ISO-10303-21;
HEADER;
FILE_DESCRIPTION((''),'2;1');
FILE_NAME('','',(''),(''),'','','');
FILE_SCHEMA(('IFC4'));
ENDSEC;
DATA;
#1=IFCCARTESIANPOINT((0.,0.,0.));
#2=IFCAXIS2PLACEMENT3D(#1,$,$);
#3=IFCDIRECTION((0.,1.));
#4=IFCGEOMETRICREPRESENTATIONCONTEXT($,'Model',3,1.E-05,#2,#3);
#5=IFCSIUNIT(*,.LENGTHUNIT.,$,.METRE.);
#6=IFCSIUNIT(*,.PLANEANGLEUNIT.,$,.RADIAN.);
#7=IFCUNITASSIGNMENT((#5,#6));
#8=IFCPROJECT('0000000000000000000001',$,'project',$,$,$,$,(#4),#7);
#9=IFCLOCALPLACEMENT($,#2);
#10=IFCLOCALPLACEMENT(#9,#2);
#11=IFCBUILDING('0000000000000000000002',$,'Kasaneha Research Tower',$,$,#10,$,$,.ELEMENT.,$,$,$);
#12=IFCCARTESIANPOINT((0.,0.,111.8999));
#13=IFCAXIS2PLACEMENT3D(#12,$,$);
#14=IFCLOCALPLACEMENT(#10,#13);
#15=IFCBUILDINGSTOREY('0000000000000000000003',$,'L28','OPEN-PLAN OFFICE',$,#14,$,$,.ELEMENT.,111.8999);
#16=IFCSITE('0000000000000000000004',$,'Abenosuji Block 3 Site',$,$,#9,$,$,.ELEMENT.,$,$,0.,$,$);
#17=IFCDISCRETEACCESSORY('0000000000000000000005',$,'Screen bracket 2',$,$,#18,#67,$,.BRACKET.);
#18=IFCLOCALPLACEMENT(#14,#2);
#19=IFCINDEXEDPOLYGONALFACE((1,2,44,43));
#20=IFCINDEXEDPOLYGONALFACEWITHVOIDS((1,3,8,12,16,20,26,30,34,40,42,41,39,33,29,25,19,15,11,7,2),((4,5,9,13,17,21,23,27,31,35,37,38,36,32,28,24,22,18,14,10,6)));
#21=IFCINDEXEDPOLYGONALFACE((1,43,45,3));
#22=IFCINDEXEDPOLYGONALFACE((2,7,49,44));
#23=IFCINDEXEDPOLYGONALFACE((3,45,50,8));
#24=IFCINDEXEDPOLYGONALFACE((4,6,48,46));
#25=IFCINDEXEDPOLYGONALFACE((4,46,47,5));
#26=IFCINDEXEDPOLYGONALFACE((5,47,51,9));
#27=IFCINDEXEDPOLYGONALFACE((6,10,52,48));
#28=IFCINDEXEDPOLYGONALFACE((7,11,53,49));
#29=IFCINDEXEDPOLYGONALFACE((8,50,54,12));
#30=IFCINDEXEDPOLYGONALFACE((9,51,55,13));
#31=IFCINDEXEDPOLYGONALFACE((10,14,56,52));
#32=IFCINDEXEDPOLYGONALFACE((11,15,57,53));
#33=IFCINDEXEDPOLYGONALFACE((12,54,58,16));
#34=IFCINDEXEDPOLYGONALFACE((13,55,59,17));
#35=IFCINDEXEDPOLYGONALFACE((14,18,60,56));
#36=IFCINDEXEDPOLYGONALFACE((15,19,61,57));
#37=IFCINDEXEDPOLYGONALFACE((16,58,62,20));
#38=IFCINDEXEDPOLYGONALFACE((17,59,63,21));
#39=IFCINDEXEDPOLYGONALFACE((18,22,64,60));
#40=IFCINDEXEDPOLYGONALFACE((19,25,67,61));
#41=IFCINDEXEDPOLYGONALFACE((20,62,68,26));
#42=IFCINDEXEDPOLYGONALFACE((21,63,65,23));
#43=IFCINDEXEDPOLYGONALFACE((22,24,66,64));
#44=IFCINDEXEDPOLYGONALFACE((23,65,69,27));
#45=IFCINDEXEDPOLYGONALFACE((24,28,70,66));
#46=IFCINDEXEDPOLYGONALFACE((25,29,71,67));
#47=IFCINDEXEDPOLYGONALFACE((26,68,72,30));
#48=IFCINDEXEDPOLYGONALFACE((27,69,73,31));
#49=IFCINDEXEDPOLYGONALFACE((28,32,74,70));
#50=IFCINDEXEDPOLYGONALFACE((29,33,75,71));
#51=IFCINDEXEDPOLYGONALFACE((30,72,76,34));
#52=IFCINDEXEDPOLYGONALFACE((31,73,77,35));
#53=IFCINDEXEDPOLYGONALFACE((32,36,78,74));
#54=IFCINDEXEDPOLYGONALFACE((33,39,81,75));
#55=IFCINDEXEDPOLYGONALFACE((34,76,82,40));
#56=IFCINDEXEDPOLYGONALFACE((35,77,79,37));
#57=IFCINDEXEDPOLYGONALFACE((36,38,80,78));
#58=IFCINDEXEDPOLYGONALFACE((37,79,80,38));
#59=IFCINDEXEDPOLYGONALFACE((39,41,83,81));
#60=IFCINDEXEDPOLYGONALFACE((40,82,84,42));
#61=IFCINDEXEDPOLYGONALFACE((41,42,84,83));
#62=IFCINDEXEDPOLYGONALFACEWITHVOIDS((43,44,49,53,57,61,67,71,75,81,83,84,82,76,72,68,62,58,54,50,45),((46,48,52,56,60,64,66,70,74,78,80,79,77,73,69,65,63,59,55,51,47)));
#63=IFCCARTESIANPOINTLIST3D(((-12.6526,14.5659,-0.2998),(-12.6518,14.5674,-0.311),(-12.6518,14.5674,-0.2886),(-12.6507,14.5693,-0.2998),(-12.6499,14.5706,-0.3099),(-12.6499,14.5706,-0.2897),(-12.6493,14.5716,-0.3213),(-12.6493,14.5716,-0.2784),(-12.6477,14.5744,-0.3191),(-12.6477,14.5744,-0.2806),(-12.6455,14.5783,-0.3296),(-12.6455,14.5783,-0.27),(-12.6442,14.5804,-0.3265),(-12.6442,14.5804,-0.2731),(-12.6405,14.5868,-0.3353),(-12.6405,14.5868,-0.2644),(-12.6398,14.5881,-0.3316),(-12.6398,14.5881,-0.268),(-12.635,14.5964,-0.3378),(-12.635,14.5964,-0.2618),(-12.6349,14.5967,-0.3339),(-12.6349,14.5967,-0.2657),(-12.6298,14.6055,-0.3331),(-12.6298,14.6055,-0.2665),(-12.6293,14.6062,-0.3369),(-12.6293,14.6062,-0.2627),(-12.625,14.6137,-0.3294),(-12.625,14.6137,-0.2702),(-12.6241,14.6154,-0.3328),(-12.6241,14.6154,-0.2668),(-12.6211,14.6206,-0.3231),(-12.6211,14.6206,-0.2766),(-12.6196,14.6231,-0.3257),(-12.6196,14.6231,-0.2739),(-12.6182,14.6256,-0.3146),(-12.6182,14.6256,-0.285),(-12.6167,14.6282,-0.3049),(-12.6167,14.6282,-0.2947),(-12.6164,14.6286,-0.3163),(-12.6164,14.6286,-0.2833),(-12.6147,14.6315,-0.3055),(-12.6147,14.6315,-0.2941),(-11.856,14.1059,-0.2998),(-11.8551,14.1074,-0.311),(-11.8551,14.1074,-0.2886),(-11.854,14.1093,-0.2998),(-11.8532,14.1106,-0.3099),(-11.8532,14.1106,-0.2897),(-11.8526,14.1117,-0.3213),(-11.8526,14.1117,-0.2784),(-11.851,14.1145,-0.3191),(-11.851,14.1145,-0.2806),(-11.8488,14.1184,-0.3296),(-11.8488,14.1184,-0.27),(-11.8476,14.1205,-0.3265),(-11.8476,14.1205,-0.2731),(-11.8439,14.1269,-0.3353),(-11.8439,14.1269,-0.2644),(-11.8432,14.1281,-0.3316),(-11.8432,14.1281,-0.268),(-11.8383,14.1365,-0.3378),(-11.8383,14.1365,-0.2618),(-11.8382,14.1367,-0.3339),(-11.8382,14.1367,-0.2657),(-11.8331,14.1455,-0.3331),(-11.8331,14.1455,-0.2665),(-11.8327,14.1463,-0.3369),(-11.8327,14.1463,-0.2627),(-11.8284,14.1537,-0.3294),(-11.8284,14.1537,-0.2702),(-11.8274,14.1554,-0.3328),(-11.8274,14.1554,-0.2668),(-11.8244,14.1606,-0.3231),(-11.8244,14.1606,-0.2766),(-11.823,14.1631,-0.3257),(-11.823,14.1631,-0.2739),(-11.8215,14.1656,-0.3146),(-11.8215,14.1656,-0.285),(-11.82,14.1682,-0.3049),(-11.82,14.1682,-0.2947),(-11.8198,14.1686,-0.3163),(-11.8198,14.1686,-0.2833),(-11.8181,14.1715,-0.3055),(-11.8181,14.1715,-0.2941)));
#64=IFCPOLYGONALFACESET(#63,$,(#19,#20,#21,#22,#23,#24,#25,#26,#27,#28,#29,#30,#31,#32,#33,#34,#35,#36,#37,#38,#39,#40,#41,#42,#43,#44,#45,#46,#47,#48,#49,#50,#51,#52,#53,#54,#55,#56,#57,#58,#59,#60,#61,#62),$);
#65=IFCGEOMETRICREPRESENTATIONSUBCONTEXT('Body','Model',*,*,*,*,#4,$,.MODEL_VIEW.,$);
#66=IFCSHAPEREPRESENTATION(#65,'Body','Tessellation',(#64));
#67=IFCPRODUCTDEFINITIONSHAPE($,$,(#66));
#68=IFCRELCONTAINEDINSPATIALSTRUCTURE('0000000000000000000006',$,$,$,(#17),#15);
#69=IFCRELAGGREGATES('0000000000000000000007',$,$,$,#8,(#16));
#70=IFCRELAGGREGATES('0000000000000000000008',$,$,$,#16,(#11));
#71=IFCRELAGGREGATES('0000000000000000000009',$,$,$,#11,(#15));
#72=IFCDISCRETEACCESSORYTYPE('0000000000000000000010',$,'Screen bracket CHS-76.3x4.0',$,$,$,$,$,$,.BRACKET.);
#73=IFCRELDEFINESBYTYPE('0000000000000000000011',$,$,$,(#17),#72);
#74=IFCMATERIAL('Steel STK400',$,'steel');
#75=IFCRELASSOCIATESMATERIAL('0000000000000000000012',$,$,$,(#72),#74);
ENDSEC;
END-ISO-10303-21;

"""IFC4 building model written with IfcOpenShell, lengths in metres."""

from ifc_helpers import new_model, si_unit, direction, frame, origin, origin_2d, place, context, subcontext, project, spatial, hollow_circle, extrude, material, material_profile, profile_set, type_object, element, save


model = new_model("IFC4")

# Units and contexts
model_context = context("Model", 3, precision=1e-05, world=origin(), true_north=direction((0.0, 1.0)))
body_context = subcontext(model_context, "Body", "Model", "MODEL_VIEW")
ifc_project = project(units=[si_unit("LENGTHUNIT", "METRE"), si_unit("PLANEANGLEUNIT", "RADIAN")], contexts=[model_context])

# Site, building, storey
site_placement = place(None, origin())
site = spatial("IfcSite", under=ifc_project, at=site_placement, Name="Abenosuji Block 3 Site", CompositionType="ELEMENT", RefElevation=0.0)
building_placement = place(site_placement, origin())
building = spatial("IfcBuilding", under=site, at=building_placement, Name="Kasaneha Research Tower", CompositionType="ELEMENT")
storey_placement = place(building_placement, frame((0.0, 0.0, 111.8999)))
storey = spatial("IfcBuildingStorey", under=building, at=storey_placement, Name="L28", Description="OPEN-PLAN OFFICE", CompositionType="ELEMENT", Elevation=111.8999)

# Discrete accessory
ifc_material_1 = material(Name="Steel STK400", Category="steel")
ifc_material_profile_1 = material_profile(ifc_material_1, hollow_circle(Radius=0.0381, WallThickness=0.0039, at=origin_2d()), Name="CHS-76.3x4.0")
ifc_profile_set_1 = profile_set([ifc_material_profile_1], Name="Steel STK400")
discrete_accessory_type = type_object("IfcDiscreteAccessoryType", Name="Screen bracket CHS-76.3x4.0", PredefinedType="BRACKET", material=ifc_profile_set_1)
discrete_accessory_1_placement = place(storey_placement, frame((-11.8369, 14.1389, -0.2998), z_axis=(-0.866013, 0.500021, 0.0), x_axis=(-0.500021, -0.866013, 0.0)))
element("IfcDiscreteAccessory", 1, at=discrete_accessory_1_placement, inside=storey, type_object=discrete_accessory_type, Name="Screen bracket 2", PredefinedType="BRACKET", context=body_context, shape_type="SweptSolid", body=[
    extrude(hollow_circle(Radius=0.0381, WallThickness=0.0039, at=origin_2d()), origin(), (0.0, 0.0, 1.0), 0.9199),
])

save(model, "model.ifc")
